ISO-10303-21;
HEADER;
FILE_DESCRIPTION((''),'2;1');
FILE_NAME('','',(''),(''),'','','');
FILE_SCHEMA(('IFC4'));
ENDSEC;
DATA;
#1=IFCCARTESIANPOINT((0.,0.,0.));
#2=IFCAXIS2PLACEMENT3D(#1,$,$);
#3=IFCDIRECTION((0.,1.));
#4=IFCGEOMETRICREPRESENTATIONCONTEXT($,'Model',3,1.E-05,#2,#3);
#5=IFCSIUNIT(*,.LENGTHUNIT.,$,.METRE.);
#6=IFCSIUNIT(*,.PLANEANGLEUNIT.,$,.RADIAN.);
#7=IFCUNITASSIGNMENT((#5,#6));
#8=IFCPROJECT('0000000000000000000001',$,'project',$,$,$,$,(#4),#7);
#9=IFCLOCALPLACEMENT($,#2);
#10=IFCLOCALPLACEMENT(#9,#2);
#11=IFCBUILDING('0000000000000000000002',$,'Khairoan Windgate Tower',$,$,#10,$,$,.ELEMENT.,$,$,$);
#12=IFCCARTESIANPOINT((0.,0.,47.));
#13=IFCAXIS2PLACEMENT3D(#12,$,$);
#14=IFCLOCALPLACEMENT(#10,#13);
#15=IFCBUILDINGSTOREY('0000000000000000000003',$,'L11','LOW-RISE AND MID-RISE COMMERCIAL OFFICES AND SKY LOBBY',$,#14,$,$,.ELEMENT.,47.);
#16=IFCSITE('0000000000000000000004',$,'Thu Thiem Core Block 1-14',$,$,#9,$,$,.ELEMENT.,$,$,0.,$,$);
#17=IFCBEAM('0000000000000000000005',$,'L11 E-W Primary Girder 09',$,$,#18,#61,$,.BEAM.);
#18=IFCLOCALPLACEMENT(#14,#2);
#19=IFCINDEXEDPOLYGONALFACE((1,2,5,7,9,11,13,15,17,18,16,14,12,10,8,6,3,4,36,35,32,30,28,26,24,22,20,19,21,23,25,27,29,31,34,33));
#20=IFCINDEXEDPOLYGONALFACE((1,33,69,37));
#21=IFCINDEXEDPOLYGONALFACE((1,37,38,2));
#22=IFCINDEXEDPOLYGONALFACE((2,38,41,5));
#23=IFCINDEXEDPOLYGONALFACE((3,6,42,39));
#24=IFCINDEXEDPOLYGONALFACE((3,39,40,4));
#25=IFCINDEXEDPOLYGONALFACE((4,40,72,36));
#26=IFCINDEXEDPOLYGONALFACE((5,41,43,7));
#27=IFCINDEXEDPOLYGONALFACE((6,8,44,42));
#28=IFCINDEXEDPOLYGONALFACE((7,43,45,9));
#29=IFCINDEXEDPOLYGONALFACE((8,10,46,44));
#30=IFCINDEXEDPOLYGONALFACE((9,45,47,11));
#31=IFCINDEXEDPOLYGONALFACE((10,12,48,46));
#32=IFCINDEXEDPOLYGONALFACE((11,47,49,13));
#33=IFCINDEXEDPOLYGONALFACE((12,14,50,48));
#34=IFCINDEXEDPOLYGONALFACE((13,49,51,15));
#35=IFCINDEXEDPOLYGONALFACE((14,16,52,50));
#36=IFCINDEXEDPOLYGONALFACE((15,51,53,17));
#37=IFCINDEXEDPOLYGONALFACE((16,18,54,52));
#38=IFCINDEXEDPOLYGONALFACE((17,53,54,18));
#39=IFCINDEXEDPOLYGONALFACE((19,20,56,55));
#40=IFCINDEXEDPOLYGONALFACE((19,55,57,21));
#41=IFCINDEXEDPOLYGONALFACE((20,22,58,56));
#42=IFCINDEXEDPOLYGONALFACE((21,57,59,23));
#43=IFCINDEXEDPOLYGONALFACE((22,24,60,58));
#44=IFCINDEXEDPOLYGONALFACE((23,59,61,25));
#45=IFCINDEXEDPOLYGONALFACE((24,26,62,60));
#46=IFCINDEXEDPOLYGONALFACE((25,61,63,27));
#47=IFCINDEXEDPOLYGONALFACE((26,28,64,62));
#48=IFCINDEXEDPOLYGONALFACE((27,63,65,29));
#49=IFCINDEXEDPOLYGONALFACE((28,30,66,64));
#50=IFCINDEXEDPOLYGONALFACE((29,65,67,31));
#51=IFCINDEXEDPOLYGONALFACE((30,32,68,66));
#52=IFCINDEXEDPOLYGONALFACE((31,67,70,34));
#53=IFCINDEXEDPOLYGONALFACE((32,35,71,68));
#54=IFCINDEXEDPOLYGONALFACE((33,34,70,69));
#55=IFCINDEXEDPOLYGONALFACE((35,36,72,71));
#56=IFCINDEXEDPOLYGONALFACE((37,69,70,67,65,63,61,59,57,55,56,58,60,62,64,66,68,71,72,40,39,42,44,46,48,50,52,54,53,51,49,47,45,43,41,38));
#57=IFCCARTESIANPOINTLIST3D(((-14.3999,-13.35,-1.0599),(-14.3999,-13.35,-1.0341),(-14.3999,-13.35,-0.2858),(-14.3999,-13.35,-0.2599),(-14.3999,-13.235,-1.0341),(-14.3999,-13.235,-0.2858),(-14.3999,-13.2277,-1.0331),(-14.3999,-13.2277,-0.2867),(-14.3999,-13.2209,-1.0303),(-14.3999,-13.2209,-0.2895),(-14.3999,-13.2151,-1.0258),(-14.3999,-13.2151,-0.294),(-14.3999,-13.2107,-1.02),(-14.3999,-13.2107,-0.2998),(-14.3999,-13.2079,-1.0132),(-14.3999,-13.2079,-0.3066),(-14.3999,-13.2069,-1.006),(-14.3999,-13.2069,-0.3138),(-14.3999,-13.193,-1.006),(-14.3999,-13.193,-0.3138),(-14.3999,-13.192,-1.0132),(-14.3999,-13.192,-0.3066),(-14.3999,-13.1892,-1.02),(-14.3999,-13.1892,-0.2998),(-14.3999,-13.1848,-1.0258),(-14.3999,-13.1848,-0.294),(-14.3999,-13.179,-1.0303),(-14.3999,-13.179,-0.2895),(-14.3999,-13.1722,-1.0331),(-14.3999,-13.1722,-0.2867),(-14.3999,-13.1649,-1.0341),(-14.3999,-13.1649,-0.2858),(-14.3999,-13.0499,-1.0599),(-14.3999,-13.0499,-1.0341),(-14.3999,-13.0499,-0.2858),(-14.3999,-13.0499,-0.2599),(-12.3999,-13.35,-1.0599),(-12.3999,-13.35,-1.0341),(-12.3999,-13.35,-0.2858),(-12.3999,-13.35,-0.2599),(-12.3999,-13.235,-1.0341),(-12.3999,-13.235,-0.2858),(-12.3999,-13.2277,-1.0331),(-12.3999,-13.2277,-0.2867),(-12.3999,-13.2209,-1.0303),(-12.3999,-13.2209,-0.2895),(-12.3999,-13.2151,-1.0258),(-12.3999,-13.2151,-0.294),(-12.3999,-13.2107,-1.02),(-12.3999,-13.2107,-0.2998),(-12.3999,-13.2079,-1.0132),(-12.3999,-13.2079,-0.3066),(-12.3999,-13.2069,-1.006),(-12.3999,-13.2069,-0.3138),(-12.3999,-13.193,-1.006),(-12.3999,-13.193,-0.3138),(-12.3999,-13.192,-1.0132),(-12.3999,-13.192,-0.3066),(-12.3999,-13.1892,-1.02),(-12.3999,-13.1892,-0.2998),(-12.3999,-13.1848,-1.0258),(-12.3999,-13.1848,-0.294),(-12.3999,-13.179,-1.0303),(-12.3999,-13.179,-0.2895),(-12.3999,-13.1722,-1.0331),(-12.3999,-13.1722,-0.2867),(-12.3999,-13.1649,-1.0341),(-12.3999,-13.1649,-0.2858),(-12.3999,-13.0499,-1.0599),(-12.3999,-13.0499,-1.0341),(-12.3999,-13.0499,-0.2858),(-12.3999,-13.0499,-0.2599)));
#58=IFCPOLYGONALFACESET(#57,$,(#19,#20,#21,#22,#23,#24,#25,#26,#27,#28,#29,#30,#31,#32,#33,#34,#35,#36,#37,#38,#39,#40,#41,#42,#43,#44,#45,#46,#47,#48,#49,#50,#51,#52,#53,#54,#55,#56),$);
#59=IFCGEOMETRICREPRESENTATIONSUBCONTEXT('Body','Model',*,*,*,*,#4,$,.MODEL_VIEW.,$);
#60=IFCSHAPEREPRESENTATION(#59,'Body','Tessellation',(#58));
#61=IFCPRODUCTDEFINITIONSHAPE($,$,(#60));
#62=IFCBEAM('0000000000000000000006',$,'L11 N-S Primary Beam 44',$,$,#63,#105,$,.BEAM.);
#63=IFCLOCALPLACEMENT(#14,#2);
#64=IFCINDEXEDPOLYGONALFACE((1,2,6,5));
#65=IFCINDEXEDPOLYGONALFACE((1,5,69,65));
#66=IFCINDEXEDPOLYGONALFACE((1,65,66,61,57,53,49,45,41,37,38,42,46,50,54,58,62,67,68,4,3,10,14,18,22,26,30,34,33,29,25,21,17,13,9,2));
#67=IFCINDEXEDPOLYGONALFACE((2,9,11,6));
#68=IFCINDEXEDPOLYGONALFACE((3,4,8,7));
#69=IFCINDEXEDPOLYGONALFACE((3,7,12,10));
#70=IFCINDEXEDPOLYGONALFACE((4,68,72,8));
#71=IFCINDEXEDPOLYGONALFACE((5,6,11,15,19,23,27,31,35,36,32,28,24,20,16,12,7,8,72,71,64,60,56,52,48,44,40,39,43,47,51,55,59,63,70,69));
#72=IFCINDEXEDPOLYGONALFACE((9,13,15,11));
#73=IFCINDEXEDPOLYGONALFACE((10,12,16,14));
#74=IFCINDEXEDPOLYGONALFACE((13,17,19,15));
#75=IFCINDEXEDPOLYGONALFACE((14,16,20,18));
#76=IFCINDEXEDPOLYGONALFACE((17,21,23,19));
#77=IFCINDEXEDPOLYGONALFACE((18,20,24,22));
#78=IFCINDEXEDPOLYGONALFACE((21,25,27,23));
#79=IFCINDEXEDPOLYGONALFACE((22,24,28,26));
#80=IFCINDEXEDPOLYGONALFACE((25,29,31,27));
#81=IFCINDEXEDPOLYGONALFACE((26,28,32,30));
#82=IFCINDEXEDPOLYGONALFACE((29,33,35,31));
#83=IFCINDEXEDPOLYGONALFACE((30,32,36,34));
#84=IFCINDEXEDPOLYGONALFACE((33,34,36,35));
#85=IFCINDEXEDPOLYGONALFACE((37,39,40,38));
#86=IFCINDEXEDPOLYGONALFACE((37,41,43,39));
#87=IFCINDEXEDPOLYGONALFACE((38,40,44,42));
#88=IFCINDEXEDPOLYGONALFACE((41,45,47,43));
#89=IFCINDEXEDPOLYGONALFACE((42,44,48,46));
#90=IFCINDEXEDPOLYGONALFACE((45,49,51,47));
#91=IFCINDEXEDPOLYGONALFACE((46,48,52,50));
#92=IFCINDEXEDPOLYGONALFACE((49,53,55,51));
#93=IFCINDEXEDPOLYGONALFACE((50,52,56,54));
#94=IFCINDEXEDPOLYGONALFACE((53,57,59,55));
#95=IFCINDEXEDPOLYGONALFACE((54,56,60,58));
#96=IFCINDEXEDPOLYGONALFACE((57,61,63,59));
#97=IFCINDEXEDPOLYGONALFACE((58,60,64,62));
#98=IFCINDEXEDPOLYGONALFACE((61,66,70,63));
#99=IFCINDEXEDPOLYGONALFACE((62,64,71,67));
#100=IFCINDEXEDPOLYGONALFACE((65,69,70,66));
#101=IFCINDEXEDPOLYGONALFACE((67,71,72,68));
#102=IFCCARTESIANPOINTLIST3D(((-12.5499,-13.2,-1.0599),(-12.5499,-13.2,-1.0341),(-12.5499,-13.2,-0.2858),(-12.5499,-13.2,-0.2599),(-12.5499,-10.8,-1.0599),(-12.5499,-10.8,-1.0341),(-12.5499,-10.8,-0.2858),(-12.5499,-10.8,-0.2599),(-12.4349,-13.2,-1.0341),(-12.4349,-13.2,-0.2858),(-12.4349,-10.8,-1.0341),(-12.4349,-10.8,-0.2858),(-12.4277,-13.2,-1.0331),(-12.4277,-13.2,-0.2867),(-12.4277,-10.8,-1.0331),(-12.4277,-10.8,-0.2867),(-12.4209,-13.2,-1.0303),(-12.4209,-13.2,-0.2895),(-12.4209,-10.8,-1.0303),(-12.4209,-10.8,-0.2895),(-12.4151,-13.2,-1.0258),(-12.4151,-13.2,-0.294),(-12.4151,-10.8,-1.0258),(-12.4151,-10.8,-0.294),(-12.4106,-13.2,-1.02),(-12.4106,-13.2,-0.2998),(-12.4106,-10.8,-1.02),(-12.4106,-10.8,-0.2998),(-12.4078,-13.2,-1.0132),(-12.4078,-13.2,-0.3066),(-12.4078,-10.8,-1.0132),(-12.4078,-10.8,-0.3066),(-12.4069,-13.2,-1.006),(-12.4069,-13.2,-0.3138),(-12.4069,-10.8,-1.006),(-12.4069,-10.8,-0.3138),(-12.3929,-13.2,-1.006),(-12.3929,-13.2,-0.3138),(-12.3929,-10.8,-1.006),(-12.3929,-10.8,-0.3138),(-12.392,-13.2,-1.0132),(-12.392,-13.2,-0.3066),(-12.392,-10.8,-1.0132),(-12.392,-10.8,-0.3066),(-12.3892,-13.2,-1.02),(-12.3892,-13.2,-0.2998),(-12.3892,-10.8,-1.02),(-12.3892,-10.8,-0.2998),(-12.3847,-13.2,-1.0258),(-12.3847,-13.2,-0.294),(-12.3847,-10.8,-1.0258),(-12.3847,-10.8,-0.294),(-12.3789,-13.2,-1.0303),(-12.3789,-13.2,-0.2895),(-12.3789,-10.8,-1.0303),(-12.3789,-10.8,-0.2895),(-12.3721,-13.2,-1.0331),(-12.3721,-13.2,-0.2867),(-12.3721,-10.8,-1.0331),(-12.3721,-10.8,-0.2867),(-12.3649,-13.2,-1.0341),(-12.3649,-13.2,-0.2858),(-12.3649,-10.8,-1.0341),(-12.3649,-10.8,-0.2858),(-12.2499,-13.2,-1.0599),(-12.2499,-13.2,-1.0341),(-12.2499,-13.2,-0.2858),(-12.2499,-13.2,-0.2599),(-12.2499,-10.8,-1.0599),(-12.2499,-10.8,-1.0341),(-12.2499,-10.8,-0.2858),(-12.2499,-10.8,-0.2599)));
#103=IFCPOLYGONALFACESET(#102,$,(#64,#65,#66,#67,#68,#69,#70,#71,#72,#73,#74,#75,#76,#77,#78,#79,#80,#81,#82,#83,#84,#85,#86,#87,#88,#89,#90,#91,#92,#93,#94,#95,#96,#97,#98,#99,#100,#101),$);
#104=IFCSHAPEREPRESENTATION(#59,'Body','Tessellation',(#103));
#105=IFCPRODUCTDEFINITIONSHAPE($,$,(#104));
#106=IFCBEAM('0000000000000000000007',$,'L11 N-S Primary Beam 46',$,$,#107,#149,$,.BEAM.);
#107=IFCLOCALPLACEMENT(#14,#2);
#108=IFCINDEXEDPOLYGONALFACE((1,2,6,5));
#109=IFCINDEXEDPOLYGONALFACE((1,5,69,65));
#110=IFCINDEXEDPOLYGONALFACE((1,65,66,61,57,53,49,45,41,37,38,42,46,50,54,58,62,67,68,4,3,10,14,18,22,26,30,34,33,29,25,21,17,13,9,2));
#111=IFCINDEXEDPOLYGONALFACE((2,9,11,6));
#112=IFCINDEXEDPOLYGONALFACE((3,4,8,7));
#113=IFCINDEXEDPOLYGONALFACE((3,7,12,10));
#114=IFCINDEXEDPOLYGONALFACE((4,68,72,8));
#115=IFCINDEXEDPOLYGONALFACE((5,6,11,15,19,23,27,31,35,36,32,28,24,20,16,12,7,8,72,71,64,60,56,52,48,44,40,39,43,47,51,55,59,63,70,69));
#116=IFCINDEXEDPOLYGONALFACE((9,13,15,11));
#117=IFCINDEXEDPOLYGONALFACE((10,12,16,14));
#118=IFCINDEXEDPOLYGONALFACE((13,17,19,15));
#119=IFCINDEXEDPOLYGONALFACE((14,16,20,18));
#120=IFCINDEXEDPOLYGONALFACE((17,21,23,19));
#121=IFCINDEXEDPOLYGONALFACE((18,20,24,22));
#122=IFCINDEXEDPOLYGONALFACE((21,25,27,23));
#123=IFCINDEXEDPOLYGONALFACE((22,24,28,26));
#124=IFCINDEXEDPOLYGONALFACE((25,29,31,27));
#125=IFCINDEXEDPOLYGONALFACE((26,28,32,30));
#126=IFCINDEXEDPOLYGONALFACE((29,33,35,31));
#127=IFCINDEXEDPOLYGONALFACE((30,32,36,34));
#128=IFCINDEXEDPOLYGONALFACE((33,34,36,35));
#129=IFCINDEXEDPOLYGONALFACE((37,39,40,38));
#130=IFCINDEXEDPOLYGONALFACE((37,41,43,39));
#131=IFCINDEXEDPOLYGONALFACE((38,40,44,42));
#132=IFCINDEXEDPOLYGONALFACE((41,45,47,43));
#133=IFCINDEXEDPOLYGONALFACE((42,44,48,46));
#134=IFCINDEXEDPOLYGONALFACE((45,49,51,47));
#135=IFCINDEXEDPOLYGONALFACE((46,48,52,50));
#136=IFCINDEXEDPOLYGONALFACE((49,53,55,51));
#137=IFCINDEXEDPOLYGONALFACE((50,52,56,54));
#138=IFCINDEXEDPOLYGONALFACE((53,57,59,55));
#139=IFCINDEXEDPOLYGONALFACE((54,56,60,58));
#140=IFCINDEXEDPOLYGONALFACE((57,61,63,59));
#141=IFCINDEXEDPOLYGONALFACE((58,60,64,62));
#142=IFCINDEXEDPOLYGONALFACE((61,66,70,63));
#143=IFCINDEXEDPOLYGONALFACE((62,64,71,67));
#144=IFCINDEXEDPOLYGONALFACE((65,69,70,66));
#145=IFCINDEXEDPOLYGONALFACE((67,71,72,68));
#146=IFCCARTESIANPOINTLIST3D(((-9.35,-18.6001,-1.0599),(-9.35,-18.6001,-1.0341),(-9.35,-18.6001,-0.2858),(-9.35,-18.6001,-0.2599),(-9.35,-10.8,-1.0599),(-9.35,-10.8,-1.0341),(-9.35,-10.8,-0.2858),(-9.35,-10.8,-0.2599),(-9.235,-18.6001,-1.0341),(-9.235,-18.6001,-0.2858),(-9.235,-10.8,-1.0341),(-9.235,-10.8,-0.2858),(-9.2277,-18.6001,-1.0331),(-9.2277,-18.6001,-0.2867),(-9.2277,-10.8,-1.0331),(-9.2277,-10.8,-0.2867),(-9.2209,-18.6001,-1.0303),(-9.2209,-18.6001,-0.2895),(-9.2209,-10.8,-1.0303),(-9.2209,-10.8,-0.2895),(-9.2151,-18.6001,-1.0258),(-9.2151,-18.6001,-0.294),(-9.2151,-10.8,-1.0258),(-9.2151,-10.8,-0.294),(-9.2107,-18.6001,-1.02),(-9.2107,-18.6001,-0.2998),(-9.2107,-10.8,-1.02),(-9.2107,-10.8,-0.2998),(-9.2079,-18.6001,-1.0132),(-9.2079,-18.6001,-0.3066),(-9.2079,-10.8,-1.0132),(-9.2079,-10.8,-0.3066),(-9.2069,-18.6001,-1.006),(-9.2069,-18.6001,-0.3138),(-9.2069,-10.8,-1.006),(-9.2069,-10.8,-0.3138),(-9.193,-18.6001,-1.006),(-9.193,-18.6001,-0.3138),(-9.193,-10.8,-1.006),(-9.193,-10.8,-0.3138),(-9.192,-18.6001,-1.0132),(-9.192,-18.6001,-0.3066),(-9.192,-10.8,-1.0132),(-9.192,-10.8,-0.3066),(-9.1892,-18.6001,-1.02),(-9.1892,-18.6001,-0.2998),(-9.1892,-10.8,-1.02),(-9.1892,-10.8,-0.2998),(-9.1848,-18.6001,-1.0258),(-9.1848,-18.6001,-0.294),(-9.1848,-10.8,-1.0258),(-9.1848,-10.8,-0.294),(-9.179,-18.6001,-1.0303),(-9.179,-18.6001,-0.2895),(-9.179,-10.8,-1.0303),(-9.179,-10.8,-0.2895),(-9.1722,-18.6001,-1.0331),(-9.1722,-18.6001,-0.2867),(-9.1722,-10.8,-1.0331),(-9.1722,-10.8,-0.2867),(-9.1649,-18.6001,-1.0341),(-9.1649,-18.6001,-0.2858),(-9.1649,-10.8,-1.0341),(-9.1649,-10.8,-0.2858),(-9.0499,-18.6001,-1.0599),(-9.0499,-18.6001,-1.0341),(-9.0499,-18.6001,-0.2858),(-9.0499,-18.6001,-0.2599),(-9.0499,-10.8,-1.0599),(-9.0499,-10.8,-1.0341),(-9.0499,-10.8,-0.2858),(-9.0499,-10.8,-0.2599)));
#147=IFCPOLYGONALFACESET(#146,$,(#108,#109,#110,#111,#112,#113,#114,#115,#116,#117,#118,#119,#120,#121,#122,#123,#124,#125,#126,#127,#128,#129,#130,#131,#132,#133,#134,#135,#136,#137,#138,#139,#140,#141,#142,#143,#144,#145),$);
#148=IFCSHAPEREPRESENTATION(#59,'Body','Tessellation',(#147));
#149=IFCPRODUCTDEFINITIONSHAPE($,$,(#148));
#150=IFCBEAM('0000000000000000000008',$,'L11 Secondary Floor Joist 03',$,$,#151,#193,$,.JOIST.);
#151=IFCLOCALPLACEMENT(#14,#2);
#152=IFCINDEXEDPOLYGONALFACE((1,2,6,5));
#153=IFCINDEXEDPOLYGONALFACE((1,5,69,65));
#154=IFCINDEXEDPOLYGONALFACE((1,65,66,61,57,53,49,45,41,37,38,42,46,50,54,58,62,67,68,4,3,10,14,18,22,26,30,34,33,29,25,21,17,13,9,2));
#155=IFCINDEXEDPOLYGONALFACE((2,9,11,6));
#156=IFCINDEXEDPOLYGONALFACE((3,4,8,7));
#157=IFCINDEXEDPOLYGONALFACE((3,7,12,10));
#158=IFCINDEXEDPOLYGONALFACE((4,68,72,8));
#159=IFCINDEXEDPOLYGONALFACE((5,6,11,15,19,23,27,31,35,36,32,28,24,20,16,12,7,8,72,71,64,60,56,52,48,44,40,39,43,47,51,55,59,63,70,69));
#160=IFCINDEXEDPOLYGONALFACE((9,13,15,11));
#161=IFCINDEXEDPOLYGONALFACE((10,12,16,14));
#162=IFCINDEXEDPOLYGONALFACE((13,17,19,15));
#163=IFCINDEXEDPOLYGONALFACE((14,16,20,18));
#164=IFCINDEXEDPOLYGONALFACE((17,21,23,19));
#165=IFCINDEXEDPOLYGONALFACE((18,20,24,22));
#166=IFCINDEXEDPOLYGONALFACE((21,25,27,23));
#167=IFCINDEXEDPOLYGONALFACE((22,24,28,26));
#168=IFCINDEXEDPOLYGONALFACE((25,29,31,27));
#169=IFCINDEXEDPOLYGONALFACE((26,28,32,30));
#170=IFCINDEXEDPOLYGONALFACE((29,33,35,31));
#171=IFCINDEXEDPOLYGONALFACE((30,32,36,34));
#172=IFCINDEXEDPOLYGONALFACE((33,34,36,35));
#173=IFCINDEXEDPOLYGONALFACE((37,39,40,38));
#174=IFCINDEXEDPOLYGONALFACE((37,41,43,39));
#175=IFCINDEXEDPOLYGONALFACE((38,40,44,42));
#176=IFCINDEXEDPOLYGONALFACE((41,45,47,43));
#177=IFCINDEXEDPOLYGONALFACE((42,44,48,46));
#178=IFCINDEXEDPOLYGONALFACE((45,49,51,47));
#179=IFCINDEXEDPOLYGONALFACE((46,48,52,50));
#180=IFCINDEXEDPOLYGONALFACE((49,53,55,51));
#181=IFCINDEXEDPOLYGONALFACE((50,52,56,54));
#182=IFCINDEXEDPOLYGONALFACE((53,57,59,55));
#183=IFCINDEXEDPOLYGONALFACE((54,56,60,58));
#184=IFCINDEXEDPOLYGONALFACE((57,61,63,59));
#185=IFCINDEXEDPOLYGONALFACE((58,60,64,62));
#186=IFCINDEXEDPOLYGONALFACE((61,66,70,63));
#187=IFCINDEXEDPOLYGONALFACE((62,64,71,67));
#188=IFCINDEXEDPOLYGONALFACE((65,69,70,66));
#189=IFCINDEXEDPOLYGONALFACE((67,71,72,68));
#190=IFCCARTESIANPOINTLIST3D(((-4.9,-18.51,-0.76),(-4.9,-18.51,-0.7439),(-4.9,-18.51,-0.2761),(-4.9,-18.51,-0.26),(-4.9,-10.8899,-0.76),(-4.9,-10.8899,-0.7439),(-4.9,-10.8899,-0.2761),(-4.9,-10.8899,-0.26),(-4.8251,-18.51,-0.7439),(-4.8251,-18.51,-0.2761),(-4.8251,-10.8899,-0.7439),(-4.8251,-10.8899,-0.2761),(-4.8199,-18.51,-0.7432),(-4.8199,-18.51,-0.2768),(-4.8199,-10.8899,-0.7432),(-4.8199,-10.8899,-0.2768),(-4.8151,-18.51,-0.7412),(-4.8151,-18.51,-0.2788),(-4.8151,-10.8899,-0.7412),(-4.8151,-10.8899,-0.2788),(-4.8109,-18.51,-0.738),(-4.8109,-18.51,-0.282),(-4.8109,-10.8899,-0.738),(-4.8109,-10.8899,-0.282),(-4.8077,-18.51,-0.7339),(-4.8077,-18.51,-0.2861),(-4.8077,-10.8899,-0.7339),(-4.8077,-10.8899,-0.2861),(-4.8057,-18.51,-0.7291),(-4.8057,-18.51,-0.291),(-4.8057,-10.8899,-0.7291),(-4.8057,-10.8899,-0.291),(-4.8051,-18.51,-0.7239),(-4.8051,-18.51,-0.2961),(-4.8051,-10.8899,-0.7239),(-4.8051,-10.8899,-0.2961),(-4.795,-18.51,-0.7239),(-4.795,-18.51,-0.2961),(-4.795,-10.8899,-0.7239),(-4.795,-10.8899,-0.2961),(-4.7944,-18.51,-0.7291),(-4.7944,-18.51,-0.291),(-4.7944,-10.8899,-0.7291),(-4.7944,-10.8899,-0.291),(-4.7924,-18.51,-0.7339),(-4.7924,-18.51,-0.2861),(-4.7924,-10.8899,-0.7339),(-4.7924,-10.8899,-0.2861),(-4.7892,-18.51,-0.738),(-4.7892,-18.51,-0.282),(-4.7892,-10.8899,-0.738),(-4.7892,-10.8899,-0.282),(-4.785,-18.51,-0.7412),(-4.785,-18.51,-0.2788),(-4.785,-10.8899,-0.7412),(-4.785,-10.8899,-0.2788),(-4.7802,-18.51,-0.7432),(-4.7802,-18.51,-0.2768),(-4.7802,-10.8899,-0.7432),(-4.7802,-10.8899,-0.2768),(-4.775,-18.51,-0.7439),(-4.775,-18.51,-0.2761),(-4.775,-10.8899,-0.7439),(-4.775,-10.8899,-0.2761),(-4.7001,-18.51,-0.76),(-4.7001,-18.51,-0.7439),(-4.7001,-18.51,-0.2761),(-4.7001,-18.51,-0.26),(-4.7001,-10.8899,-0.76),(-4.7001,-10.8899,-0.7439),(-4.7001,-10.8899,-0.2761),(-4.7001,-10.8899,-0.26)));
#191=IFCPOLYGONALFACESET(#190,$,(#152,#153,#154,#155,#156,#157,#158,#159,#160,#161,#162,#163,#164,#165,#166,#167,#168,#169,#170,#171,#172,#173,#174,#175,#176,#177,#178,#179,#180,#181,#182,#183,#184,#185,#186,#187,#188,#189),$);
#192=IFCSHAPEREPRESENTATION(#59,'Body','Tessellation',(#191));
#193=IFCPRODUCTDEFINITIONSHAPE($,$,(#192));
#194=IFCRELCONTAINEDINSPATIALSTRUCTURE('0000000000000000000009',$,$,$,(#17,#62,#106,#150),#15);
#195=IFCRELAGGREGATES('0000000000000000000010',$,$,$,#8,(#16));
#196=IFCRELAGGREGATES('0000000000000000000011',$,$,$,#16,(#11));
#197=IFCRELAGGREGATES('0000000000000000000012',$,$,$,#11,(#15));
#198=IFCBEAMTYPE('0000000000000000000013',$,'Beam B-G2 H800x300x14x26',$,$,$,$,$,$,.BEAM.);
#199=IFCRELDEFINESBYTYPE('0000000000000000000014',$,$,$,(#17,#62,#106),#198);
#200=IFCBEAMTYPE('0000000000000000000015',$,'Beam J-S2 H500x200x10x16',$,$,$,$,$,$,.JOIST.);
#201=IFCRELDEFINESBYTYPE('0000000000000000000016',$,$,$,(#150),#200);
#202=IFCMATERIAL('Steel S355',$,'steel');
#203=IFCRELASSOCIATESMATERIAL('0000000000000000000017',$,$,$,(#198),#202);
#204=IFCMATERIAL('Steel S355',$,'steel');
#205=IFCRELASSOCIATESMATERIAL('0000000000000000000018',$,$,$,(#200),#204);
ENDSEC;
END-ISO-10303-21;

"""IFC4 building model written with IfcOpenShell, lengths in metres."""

from ifc_helpers import new_model, si_unit, direction, frame, origin, origin_2d, place, context, subcontext, project, spatial, i_section, extrude, material, material_profile, profile_set, type_object, element, save


model = new_model("IFC4")

# Units and contexts
model_context = context("Model", 3, precision=1e-05, world=origin(), true_north=direction((0.0, 1.0)))
body_context = subcontext(model_context, "Body", "Model", "MODEL_VIEW")
ifc_project = project(units=[si_unit("LENGTHUNIT", "METRE"), si_unit("PLANEANGLEUNIT", "RADIAN")], contexts=[model_context])

# Site, building, storey
site_placement = place(None, origin())
site = spatial("IfcSite", under=ifc_project, at=site_placement, Name="Thu Thiem Core Block 1-14", CompositionType="ELEMENT", RefElevation=0.0)
building_placement = place(site_placement, origin())
building = spatial("IfcBuilding", under=site, at=building_placement, Name="Khairoan Windgate Tower", CompositionType="ELEMENT")
storey_placement = place(building_placement, frame((0.0, 0.0, 47.0)))
storey = spatial("IfcBuildingStorey", under=building, at=storey_placement, Name="L11", Description="LOW-RISE AND MID-RISE COMMERCIAL OFFICES AND SKY LOBBY", CompositionType="ELEMENT", Elevation=47.0)

# Beams
ifc_material_1 = material(Name="Steel S355", Category="steel")
ifc_material_profile_1 = material_profile(ifc_material_1, i_section(OverallWidth=0.3, OverallDepth=0.8, WebThickness=0.0139, FlangeThickness=0.0259, FilletRadius=0.0281, at=origin_2d()))
ifc_profile_set_1 = profile_set([ifc_material_profile_1], Name="Steel S355")
beam_type_1 = type_object("IfcBeamType", Name="Beam B-G2 H800x300x14x26", PredefinedType="BEAM", material=ifc_profile_set_1)
beam_1_placement = place(storey_placement, frame((-14.3999, -13.2, -0.6599), z_axis=(1.0, 0.0, 0.0), x_axis=(0.0, 1.0, 0.0)))
element("IfcBeam", 1, at=beam_1_placement, inside=storey, type_object=beam_type_1, Name="L11 E-W Primary Girder 09", PredefinedType="BEAM", context=body_context, shape_type="SweptSolid", body=[
    extrude(i_section(OverallWidth=0.3, OverallDepth=0.8, WebThickness=0.0139, FlangeThickness=0.0259, FilletRadius=0.0281, at=origin_2d()), origin(), (0.0, 0.0, 1.0), 2.0),
])
beam_2_placement = place(storey_placement, frame((-12.3999, -13.2, -0.6599), z_axis=(0.0, 1.0, 0.0), x_axis=(-1.0, 0.0, 0.0)))
element("IfcBeam", 2, at=beam_2_placement, inside=storey, type_object=beam_type_1, Name="L11 N-S Primary Beam 44", PredefinedType="BEAM", context=body_context, shape_type="SweptSolid", body=[
    extrude(i_section(OverallWidth=0.3, OverallDepth=0.8, WebThickness=0.0139, FlangeThickness=0.0259, FilletRadius=0.0281, at=origin_2d()), origin(), (0.0, 0.0, 1.0), 2.3999),
])
beam_3_placement = place(storey_placement, frame((-9.2, -18.6001, -0.6599), z_axis=(0.0, 1.0, 0.0), x_axis=(-1.0, 0.0, 0.0)))
element("IfcBeam", 3, at=beam_3_placement, inside=storey, type_object=beam_type_1, Name="L11 N-S Primary Beam 46", PredefinedType="BEAM", context=body_context, shape_type="SweptSolid", body=[
    extrude(i_section(OverallWidth=0.3, OverallDepth=0.8, WebThickness=0.0139, FlangeThickness=0.0259, FilletRadius=0.0281, at=origin_2d()), origin(), (0.0, 0.0, 1.0), 7.8),
])
ifc_material_2 = material(Name="Steel S355", Category="steel")
ifc_material_profile_2 = material_profile(ifc_material_2, i_section(OverallWidth=0.2, OverallDepth=0.5, WebThickness=0.01, FlangeThickness=0.0161, FilletRadius=0.02, at=origin_2d()))
ifc_profile_set_2 = profile_set([ifc_material_profile_2], Name="Steel S355")
beam_type_2 = type_object("IfcBeamType", Name="Beam J-S2 H500x200x10x16", PredefinedType="JOIST", material=ifc_profile_set_2)
beam_4_placement = place(storey_placement, frame((-4.8, -18.51, -0.51), z_axis=(0.0, 1.0, 0.0), x_axis=(-1.0, 0.0, 0.0)))
element("IfcBeam", 4, at=beam_4_placement, inside=storey, type_object=beam_type_2, Name="L11 Secondary Floor Joist 03", PredefinedType="JOIST", context=body_context, shape_type="SweptSolid", body=[
    extrude(i_section(OverallWidth=0.2, OverallDepth=0.5, WebThickness=0.01, FlangeThickness=0.0161, FilletRadius=0.02, at=origin_2d()), origin(), (0.0, 0.0, 1.0), 7.6201),
])

save(model, "model.ifc")
